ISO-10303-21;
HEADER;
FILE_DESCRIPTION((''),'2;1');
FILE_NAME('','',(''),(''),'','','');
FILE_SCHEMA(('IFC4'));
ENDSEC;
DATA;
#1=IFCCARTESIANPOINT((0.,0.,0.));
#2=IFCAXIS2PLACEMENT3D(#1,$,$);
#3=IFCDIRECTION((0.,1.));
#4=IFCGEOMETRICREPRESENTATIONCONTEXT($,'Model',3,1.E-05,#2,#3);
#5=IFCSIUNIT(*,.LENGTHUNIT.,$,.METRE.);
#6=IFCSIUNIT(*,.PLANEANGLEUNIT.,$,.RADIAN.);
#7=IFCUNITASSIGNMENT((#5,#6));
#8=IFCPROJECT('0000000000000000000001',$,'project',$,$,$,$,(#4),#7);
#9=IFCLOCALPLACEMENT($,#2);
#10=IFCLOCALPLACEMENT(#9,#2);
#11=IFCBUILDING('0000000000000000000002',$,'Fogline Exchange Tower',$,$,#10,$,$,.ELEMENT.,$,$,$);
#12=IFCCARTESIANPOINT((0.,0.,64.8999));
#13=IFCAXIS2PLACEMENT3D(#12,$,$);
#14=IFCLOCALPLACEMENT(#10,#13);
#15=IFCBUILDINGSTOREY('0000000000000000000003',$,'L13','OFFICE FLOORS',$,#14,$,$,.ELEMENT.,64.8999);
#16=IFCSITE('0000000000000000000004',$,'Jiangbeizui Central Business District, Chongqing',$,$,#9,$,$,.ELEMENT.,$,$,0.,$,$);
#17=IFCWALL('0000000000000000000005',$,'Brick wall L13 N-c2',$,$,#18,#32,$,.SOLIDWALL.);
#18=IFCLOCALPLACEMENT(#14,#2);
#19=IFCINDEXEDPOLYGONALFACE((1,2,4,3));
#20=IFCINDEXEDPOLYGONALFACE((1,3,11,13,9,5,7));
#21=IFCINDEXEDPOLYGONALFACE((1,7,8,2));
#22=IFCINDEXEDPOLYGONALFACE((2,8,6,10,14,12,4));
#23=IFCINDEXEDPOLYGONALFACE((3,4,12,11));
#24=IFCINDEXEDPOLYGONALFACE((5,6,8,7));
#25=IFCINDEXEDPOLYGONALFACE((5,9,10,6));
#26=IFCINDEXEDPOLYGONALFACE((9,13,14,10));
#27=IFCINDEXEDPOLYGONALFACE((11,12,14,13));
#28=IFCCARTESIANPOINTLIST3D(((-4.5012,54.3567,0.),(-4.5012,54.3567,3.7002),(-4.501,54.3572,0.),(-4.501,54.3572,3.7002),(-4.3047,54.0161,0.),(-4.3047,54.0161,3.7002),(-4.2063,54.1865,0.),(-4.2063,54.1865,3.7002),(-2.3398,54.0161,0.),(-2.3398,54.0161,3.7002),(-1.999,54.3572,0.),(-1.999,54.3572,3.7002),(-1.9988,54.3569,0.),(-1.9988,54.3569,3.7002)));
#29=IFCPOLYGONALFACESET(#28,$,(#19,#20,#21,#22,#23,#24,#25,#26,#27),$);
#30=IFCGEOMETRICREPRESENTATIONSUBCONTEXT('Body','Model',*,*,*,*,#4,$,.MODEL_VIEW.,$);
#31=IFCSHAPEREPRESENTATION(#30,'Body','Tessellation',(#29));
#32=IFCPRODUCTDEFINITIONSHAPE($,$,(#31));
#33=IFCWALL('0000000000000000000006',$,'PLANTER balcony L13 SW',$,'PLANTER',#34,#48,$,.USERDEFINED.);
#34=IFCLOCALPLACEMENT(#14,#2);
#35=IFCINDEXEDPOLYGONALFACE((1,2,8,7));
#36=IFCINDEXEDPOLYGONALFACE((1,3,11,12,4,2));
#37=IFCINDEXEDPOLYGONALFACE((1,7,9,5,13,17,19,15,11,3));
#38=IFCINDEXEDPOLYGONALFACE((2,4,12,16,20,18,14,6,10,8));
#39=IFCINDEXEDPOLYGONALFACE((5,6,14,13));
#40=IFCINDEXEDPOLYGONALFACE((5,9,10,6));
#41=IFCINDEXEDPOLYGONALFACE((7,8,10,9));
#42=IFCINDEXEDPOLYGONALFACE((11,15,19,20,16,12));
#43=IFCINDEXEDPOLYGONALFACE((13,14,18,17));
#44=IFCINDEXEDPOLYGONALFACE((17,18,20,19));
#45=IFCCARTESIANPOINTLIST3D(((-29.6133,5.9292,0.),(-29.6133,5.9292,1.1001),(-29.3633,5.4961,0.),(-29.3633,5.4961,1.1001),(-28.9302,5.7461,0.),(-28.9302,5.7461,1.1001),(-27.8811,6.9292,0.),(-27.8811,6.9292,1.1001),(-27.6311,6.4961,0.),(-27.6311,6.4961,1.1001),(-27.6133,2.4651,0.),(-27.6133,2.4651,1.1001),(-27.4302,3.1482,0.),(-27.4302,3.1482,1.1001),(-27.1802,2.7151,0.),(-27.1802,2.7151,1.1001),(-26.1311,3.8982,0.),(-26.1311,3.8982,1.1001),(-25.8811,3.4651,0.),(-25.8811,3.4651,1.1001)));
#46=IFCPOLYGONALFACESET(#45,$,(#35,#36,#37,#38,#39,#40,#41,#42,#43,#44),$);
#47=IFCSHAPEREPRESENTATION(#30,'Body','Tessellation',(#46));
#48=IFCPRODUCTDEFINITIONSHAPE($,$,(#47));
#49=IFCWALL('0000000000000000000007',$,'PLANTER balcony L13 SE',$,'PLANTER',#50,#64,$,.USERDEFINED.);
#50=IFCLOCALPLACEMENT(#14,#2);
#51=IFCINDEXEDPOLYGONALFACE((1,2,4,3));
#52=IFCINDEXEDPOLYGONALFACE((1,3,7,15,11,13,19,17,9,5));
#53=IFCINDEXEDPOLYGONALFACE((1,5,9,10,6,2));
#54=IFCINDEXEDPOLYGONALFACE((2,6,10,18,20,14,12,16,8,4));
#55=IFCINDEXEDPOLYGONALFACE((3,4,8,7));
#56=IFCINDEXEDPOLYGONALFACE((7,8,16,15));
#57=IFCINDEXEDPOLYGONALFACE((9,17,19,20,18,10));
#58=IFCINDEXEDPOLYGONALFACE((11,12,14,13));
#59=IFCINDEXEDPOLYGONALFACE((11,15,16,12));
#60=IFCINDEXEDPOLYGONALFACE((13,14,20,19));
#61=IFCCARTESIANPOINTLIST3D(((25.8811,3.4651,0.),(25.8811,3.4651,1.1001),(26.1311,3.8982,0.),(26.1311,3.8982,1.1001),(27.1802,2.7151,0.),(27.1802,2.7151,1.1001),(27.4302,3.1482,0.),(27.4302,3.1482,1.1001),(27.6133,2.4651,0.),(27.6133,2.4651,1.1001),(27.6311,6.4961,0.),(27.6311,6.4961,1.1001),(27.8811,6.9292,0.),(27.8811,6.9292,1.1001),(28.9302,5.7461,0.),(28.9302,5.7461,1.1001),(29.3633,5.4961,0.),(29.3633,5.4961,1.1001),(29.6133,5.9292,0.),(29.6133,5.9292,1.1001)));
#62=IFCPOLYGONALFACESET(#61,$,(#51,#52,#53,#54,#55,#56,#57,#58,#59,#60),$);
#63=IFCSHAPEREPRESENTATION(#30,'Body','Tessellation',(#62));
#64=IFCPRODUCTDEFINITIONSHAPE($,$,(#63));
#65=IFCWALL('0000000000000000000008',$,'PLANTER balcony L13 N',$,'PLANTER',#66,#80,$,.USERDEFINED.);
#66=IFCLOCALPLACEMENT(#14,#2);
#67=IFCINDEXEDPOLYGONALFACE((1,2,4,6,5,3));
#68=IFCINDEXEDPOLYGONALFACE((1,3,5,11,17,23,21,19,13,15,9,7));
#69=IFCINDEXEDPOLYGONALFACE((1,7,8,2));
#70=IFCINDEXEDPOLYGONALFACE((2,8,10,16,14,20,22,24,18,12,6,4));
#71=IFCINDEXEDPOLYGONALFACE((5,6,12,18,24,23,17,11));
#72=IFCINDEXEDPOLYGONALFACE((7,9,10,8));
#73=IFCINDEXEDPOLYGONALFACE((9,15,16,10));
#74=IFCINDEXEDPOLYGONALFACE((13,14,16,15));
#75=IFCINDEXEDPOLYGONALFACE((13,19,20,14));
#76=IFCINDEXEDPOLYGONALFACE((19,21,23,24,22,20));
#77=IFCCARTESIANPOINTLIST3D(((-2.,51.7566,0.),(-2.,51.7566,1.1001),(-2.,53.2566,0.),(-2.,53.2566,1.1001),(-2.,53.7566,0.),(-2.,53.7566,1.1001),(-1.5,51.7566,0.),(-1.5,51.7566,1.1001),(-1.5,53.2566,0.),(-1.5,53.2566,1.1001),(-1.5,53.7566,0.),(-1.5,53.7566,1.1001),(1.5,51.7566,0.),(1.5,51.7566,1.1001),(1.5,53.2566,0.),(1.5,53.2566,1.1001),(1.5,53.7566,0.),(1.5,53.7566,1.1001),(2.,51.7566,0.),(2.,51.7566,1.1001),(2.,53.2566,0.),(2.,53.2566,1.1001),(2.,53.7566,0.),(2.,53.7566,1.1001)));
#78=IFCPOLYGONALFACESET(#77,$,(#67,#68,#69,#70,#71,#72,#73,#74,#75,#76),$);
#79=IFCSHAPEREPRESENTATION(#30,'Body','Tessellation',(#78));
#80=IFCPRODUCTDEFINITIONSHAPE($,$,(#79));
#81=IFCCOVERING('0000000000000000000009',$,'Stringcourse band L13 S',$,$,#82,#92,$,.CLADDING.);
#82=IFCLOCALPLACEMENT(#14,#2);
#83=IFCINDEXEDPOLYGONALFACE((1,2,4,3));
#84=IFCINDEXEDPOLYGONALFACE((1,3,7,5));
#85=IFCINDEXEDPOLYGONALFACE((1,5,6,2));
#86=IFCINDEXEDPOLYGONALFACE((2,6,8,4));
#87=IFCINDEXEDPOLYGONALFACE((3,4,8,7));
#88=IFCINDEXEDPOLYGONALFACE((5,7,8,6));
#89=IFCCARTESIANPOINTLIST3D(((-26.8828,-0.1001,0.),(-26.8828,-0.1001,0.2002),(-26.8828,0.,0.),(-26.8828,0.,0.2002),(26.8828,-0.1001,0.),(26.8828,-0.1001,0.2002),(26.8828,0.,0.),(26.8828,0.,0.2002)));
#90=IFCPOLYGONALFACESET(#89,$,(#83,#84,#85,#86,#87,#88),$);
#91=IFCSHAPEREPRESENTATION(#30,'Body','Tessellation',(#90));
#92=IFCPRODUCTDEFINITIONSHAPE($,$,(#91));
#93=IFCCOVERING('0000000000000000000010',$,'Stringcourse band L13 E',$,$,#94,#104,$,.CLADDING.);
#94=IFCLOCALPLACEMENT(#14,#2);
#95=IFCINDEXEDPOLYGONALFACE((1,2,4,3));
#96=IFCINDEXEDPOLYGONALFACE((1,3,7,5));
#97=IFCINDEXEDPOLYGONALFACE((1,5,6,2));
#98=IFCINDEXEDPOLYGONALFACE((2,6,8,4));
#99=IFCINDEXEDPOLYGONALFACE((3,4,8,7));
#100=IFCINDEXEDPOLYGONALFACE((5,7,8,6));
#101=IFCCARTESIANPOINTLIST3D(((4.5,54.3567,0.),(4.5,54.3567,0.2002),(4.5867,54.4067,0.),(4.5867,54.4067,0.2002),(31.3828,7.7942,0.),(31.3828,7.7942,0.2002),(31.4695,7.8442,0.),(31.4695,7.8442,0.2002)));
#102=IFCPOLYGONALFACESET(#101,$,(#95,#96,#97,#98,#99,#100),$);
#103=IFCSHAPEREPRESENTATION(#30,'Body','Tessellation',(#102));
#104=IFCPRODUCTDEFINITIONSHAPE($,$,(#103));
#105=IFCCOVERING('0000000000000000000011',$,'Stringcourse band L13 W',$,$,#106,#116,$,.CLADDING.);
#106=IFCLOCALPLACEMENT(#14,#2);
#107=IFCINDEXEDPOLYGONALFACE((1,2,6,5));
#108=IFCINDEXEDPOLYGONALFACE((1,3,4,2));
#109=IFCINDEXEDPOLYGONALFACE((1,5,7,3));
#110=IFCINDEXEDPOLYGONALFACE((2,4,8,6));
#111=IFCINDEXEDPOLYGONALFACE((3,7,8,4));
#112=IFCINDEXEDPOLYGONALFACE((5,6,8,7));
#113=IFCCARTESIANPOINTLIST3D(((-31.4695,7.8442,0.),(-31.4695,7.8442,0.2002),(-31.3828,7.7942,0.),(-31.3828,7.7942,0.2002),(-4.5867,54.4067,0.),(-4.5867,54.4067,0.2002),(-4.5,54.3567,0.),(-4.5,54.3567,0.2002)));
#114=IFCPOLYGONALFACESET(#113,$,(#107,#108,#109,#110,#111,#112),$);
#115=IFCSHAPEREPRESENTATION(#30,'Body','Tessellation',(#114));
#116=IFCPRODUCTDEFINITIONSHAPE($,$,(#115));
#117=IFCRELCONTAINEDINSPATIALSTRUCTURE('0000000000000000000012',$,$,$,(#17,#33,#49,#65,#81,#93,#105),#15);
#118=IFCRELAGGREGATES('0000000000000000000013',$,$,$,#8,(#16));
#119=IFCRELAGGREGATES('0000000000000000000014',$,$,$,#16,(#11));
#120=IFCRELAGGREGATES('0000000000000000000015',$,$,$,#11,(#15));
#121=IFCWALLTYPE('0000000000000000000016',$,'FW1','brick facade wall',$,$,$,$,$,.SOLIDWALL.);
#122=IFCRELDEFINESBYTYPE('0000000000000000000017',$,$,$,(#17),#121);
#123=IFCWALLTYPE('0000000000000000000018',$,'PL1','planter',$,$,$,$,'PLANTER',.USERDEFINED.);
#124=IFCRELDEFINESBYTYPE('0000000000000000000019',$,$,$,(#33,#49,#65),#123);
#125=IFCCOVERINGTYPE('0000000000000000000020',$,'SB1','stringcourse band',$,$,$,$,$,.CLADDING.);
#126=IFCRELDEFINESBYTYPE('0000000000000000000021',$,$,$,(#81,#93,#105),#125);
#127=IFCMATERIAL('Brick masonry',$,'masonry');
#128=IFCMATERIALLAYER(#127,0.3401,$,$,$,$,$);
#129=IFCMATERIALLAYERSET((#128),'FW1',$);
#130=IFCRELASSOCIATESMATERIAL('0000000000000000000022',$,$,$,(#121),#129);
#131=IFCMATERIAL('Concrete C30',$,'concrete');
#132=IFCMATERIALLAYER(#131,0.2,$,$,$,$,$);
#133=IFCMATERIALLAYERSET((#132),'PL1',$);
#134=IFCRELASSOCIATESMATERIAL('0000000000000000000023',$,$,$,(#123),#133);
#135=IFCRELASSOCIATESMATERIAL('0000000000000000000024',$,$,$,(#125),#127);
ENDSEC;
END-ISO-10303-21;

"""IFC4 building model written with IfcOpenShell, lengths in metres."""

from ifc_helpers import new_model, si_unit, direction, frame, origin, place, context, subcontext, project, spatial, polyline, outline, extrude, material, layer, layer_set, type_object, element, save


model = new_model("IFC4")

# Units and contexts
model_context = context("Model", 3, precision=1e-05, world=origin(), true_north=direction((0.0, 1.0)))
body_context = subcontext(model_context, "Body", "Model", "MODEL_VIEW")
ifc_project = project(units=[si_unit("LENGTHUNIT", "METRE"), si_unit("PLANEANGLEUNIT", "RADIAN")], contexts=[model_context])

# Site, building, storey
site_placement = place(None, origin())
site = spatial("IfcSite", under=ifc_project, at=site_placement, Name="Jiangbeizui Central Business District, Chongqing", CompositionType="ELEMENT", RefElevation=0.0)
building_placement = place(site_placement, origin())
building = spatial("IfcBuilding", under=site, at=building_placement, Name="Fogline Exchange Tower", CompositionType="ELEMENT")
storey_placement = place(building_placement, frame((0.0, 0.0, 64.8999)))
storey = spatial("IfcBuildingStorey", under=building, at=storey_placement, Name="L13", Description="OFFICE FLOORS", CompositionType="ELEMENT", Elevation=64.8999)

# Walls
ifc_material_1 = material(Name="Brick masonry", Category="masonry")
ifc_layer_1 = layer(ifc_material_1, 0.3401)
ifc_layer_set_1 = layer_set([ifc_layer_1], Name="FW1")
wall_type_1 = type_object("IfcWallType", Name="FW1", Description="brick facade wall", PredefinedType="SOLIDWALL", material=ifc_layer_set_1)
wall_1_placement = place(storey_placement, origin())
element("IfcWall", 1, at=wall_1_placement, inside=storey, type_object=wall_type_1, Name="Brick wall L13 N-c2", PredefinedType="SOLIDWALL", context=body_context, shape_type="SweptSolid", body=[
    extrude(outline(polyline([(-4.3047, 54.0161), (-4.2063, 54.1865), (-4.5012, 54.3567), (-4.501, 54.3572), (-1.999, 54.3572), (-1.9988, 54.3569), (-2.3398, 54.0161), (-4.3047, 54.0161)])), origin(), (0.0, 0.0, 1.0), 3.7002),
])
ifc_material_2 = material(Name="Concrete C30", Category="concrete")
ifc_layer_2 = layer(ifc_material_2, 0.2)
ifc_layer_set_2 = layer_set([ifc_layer_2], Name="PL1")
wall_type_2 = type_object("IfcWallType", Name="PL1", Description="planter", ElementType="PLANTER", PredefinedType="USERDEFINED", material=ifc_layer_set_2)
wall_2_placement = place(storey_placement, origin())
element("IfcWall", 2, at=wall_2_placement, inside=storey, type_object=wall_type_2, Name="PLANTER balcony L13 SW", ObjectType="PLANTER", PredefinedType="USERDEFINED", context=body_context, shape_type="SweptSolid", body=[
    extrude(outline(polyline([(-26.1311, 3.8982), (-27.4302, 3.1482), (-28.9302, 5.7461), (-27.6311, 6.4961), (-27.8811, 6.9292), (-29.6133, 5.9292), (-29.3633, 5.4961), (-27.6133, 2.4651), (-27.1802, 2.7151), (-27.1802, 2.7151), (-25.8811, 3.4651), (-26.1311, 3.8982)])), origin(), (0.0, 0.0, 1.0), 1.1001),
])
wall_3_placement = place(storey_placement, origin())
element("IfcWall", 3, at=wall_3_placement, inside=storey, type_object=wall_type_2, Name="PLANTER balcony L13 SE", ObjectType="PLANTER", PredefinedType="USERDEFINED", context=body_context, shape_type="SweptSolid", body=[
    extrude(outline(polyline([(25.8811, 3.4651), (27.1802, 2.7151), (27.1802, 2.7151), (27.6133, 2.4651), (29.3633, 5.4961), (29.6133, 5.9292), (27.8811, 6.9292), (27.6311, 6.4961), (28.9302, 5.7461), (27.4302, 3.1482), (26.1311, 3.8982), (25.8811, 3.4651)])), origin(), (0.0, 0.0, 1.0), 1.1001),
])
wall_4_placement = place(storey_placement, origin())
element("IfcWall", 4, at=wall_4_placement, inside=storey, type_object=wall_type_2, Name="PLANTER balcony L13 N", ObjectType="PLANTER", PredefinedType="USERDEFINED", context=body_context, shape_type="SweptSolid", body=[
    extrude(outline(polyline([(-1.5, 53.7566), (-2.0, 53.7566), (-2.0, 53.2566), (-2.0, 51.7566), (-1.5, 51.7566), (-1.5, 53.2566), (1.5, 53.2566), (1.5, 51.7566), (2.0, 51.7566), (2.0, 53.2566), (2.0, 53.7566), (1.5, 53.7566), (-1.5, 53.7566)])), origin(), (0.0, 0.0, 1.0), 1.1001),
])

# Coverings
covering_type = type_object("IfcCoveringType", Name="SB1", Description="stringcourse band", PredefinedType="CLADDING", material=ifc_material_1)
covering_1_placement = place(storey_placement, origin())
element("IfcCovering", 5, at=covering_1_placement, inside=storey, type_object=covering_type, Name="Stringcourse band L13 S", PredefinedType="CLADDING", context=body_context, shape_type="SweptSolid", body=[
    extrude(outline(polyline([(-26.8828, 0.0), (-26.8828, -0.1001), (26.8828, -0.1001), (26.8828, 0.0), (-26.8828, 0.0)])), origin(), (0.0, 0.0, 1.0), 0.2002),
])
covering_2_placement = place(storey_placement, origin())
element("IfcCovering", 6, at=covering_2_placement, inside=storey, type_object=covering_type, Name="Stringcourse band L13 E", PredefinedType="CLADDING", context=body_context, shape_type="SweptSolid", body=[
    extrude(outline(polyline([(31.3828, 7.7942), (31.4695, 7.8442), (4.5867, 54.4067), (4.5, 54.3567), (31.3828, 7.7942)])), origin(), (0.0, 0.0, 1.0), 0.2002),
])
covering_3_placement = place(storey_placement, origin())
element("IfcCovering", 7, at=covering_3_placement, inside=storey, type_object=covering_type, Name="Stringcourse band L13 W", PredefinedType="CLADDING", context=body_context, shape_type="SweptSolid", body=[
    extrude(outline(polyline([(-4.5, 54.3567), (-4.5867, 54.4067), (-31.4695, 7.8442), (-31.3828, 7.7942), (-4.5, 54.3567)])), origin(), (0.0, 0.0, 1.0), 0.2002),
])

save(model, "model.ifc")
